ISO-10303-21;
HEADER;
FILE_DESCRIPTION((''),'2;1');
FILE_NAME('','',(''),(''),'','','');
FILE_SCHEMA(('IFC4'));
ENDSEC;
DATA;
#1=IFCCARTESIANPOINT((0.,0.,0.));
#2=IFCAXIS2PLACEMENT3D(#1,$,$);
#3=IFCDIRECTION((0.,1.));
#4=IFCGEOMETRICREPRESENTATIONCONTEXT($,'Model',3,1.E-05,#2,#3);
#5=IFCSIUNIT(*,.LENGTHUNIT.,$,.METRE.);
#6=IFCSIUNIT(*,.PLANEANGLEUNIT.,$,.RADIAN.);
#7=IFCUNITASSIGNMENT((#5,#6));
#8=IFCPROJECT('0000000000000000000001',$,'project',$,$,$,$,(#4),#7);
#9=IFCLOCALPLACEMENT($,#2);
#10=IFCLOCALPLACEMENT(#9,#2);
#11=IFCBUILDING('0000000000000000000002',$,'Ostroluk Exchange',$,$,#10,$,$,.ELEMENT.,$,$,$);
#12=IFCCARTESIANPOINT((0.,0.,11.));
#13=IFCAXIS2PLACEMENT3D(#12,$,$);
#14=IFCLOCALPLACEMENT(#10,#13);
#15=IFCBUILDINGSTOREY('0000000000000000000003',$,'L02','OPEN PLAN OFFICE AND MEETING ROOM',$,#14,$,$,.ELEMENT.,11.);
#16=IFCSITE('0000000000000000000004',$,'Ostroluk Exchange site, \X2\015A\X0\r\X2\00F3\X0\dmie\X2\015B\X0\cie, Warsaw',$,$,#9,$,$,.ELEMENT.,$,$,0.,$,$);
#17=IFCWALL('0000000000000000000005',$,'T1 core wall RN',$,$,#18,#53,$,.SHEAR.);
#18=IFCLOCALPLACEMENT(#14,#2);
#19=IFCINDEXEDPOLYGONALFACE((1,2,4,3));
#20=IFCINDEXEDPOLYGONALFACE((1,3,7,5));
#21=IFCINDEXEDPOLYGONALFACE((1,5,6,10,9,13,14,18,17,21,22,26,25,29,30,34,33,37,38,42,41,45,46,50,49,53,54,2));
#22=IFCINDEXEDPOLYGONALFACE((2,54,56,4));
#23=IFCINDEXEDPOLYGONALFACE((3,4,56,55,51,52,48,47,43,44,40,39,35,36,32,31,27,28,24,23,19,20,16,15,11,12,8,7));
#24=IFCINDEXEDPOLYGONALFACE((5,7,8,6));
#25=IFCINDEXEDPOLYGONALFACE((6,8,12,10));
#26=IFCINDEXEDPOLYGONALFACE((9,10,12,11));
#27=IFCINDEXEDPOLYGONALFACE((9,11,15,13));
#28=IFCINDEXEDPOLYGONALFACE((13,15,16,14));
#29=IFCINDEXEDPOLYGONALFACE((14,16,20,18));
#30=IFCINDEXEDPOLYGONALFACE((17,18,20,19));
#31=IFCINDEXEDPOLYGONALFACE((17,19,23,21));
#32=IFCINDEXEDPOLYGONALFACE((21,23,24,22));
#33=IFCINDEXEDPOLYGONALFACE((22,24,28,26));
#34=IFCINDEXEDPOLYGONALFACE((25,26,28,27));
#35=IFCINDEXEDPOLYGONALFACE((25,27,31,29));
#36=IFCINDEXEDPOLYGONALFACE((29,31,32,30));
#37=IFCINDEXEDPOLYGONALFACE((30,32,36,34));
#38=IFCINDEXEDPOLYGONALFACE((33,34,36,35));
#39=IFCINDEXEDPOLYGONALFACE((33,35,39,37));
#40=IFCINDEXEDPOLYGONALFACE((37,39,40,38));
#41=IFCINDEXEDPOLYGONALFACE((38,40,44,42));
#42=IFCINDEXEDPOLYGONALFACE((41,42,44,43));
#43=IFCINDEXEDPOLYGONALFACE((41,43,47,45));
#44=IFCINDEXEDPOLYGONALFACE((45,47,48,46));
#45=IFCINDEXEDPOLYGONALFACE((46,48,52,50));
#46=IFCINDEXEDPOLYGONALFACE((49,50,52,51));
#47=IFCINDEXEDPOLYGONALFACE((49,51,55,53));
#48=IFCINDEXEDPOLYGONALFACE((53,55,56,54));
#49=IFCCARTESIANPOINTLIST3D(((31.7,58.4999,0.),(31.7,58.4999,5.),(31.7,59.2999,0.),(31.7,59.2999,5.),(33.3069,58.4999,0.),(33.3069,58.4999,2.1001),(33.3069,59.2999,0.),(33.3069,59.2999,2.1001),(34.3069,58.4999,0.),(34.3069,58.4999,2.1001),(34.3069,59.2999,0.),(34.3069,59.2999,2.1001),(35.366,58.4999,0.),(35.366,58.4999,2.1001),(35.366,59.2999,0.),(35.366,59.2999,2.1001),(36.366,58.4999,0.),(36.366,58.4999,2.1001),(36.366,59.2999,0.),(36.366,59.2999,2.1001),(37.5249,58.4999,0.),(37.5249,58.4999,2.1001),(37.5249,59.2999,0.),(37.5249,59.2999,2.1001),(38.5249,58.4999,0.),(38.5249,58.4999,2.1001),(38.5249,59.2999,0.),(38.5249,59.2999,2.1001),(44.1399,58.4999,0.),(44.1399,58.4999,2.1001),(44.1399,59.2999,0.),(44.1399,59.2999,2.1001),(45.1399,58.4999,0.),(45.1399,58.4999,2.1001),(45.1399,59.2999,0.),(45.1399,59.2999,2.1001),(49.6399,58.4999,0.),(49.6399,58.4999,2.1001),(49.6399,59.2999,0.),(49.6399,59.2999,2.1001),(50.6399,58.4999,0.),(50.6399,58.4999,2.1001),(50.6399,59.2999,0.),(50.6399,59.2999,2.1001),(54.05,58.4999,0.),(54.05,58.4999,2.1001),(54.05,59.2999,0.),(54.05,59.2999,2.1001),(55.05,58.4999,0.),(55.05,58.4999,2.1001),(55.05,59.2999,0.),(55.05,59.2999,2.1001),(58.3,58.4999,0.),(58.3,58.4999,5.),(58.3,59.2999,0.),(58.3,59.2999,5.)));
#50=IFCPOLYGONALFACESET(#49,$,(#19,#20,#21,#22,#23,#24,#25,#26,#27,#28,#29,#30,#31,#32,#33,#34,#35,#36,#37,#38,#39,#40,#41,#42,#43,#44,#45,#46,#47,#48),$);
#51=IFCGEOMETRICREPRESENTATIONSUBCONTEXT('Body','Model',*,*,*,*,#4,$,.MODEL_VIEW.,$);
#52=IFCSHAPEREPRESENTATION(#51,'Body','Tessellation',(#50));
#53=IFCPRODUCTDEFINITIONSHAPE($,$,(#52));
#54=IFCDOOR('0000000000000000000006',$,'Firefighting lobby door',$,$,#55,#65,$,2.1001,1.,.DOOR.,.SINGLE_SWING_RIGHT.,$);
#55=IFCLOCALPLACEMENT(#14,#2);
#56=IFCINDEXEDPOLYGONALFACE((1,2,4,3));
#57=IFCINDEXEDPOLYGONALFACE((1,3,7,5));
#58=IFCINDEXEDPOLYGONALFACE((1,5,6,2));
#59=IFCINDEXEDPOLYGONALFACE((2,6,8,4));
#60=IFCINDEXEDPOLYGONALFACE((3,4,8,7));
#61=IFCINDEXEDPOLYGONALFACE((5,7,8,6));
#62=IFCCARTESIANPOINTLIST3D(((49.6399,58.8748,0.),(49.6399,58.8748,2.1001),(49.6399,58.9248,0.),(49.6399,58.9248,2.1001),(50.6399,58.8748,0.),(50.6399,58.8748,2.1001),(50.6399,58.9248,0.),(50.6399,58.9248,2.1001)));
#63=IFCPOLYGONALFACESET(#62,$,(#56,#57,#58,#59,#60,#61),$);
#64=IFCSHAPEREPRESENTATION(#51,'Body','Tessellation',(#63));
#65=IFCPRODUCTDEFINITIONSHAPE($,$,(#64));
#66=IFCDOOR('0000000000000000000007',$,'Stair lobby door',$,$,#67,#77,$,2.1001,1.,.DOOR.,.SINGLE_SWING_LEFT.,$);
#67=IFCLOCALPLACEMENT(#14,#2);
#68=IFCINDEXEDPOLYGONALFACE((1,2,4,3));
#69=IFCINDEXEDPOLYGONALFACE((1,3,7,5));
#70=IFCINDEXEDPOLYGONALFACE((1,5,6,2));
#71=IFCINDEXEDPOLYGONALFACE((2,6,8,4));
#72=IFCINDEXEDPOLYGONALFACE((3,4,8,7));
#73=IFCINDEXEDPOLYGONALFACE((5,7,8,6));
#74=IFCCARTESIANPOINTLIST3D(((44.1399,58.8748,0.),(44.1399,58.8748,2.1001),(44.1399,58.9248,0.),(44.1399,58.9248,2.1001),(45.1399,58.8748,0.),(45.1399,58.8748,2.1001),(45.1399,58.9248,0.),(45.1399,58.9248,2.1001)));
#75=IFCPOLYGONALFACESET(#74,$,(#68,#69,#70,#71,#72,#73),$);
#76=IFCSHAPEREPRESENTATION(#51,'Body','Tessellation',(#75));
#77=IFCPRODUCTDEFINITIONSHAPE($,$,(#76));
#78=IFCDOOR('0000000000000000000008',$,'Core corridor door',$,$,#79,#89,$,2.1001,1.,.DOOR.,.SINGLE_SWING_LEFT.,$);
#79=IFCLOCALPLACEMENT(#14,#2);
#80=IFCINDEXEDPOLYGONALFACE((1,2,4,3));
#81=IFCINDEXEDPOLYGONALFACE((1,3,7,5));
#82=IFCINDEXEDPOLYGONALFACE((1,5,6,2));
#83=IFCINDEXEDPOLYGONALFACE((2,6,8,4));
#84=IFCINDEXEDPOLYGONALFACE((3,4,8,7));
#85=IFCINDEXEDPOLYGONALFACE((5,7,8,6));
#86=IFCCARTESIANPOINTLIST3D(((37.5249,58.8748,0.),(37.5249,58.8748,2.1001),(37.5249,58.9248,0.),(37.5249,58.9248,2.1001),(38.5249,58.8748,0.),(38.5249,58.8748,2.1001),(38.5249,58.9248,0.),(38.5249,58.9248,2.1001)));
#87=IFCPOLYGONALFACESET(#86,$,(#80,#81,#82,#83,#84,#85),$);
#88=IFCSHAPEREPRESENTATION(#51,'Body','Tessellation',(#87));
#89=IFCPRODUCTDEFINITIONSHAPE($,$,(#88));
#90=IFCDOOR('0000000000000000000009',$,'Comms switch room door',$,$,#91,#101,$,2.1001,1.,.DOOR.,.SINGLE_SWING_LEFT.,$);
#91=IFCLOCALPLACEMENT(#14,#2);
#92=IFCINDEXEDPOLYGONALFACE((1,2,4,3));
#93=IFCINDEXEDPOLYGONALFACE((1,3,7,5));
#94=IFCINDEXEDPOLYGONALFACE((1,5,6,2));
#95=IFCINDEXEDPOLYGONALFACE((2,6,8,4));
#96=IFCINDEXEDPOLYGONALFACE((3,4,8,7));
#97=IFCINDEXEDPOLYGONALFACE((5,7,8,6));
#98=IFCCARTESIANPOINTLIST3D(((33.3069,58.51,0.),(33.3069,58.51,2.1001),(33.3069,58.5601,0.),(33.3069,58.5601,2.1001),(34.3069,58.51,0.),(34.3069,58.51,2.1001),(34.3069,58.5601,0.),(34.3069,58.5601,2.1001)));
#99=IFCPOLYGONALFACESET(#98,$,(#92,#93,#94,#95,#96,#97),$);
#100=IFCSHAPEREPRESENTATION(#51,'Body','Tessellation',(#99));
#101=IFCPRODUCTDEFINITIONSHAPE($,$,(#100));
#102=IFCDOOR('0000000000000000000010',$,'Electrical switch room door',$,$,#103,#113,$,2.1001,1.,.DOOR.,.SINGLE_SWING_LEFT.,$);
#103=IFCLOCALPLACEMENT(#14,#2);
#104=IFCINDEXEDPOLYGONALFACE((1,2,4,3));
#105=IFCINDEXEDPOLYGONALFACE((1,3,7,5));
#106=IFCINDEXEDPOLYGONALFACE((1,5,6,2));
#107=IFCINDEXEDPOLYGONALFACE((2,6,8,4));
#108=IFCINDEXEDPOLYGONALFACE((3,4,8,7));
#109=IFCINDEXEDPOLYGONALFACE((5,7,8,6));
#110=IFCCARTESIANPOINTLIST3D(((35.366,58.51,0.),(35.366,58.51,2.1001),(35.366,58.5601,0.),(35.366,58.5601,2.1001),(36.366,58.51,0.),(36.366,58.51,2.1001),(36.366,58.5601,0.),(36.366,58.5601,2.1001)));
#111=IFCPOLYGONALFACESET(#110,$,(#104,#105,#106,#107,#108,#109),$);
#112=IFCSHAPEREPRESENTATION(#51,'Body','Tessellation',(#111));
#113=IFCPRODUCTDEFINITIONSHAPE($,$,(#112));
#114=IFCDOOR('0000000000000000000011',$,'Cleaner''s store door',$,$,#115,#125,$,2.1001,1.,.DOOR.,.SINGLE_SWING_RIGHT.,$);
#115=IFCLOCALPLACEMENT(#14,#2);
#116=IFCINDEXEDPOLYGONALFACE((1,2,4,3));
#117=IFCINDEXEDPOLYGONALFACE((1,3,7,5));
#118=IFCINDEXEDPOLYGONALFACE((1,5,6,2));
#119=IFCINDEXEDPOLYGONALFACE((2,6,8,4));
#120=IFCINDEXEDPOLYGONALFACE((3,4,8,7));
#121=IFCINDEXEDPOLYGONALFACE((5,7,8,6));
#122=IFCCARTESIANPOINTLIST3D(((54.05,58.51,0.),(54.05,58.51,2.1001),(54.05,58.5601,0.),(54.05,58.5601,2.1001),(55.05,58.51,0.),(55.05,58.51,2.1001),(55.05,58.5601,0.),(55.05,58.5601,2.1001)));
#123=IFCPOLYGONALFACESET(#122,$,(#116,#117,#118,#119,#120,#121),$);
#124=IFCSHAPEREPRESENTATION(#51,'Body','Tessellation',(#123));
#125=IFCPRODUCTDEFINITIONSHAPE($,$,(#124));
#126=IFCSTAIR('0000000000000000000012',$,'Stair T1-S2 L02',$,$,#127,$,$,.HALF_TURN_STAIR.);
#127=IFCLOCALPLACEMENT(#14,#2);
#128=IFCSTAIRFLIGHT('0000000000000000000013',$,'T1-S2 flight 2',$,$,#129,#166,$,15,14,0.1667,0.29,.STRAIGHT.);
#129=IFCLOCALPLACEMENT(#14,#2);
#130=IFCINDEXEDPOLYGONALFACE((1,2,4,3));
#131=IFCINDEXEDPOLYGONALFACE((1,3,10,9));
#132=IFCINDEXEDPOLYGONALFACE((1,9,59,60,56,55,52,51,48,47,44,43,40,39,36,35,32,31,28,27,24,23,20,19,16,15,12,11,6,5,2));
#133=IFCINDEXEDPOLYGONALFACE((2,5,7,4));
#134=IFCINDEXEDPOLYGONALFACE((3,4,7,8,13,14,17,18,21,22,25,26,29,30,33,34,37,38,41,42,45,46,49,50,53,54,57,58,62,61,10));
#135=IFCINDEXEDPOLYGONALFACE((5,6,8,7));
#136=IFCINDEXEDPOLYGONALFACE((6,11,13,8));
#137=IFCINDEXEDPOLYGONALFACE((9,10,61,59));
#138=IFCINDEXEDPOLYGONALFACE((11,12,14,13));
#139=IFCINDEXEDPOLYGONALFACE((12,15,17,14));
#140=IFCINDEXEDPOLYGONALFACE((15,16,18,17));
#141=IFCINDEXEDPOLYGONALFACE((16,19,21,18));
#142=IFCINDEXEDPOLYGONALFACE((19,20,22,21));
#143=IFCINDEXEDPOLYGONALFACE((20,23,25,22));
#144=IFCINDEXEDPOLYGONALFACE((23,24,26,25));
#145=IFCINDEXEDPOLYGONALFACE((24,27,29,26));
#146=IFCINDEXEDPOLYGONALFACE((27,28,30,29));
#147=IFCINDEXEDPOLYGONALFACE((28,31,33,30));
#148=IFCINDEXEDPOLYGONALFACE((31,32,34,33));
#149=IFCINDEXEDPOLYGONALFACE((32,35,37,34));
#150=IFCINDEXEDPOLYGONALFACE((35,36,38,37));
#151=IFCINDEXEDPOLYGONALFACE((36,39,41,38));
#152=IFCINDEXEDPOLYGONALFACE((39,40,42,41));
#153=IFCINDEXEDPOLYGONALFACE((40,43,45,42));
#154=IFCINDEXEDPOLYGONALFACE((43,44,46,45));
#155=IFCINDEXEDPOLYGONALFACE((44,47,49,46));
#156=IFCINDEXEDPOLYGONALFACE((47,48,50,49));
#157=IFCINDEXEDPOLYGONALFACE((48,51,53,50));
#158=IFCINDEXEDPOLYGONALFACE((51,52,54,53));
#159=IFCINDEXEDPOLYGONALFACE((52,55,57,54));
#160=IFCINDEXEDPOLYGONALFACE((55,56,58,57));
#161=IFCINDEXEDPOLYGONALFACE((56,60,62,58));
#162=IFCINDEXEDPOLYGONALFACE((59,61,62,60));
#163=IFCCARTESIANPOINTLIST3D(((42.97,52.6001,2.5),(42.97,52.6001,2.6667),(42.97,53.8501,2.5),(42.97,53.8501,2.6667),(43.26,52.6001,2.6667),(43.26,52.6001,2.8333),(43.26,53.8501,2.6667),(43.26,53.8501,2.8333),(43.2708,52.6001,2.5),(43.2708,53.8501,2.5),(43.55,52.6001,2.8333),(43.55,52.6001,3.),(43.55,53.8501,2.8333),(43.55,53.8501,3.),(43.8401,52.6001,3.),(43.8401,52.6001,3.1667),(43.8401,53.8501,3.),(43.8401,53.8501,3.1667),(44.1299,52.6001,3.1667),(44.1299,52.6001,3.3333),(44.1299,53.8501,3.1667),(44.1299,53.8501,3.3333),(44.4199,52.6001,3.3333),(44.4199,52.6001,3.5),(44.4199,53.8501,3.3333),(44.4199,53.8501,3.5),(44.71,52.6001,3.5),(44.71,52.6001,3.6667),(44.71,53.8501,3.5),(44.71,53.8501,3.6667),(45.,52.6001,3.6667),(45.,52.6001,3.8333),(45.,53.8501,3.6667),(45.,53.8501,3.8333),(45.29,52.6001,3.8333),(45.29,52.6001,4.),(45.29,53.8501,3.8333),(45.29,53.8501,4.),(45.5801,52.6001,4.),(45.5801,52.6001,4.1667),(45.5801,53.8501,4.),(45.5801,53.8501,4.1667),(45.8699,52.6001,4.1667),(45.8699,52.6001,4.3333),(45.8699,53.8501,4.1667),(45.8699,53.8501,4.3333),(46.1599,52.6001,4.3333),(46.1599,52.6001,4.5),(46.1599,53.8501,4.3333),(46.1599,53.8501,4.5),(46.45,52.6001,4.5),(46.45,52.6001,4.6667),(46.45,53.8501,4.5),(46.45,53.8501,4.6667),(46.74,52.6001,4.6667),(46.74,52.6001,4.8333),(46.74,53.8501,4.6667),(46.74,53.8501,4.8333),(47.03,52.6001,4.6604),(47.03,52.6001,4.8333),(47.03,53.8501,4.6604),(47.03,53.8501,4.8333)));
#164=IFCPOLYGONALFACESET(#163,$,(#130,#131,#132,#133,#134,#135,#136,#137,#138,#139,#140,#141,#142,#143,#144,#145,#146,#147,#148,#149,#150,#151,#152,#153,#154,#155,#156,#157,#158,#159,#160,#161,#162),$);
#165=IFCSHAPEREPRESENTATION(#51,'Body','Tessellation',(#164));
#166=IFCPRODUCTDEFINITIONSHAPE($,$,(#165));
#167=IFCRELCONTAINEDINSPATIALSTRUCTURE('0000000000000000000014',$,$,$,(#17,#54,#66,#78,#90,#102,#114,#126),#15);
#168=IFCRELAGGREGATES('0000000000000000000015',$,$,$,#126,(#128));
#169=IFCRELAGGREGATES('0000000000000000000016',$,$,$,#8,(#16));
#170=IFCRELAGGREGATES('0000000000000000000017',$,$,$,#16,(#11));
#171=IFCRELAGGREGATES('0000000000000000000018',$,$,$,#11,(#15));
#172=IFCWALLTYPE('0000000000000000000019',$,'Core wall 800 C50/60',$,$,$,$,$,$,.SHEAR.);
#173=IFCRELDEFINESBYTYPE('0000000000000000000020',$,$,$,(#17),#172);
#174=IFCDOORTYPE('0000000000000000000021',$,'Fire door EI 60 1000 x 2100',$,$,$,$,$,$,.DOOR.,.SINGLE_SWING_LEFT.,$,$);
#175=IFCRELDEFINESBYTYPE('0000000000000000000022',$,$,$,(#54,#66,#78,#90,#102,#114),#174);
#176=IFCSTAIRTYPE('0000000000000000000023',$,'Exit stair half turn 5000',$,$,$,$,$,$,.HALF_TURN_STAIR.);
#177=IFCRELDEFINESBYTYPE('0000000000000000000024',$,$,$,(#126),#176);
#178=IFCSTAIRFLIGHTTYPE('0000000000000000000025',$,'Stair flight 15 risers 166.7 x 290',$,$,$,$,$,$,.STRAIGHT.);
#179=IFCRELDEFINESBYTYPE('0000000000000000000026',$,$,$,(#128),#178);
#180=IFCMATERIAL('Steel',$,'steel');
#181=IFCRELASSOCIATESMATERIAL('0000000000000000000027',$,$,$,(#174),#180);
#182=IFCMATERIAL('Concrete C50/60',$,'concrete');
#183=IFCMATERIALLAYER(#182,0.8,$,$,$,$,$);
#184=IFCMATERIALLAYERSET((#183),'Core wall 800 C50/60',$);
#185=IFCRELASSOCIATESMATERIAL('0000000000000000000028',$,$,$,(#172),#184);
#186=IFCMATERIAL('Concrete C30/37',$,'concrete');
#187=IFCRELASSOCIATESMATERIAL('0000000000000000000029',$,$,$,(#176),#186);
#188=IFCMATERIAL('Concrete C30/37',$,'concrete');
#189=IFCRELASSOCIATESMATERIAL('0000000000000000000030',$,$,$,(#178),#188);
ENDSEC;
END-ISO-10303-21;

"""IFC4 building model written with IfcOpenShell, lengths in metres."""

from ifc_helpers import new_model, si_unit, direction, frame, frame_2d, origin, place, context, subcontext, project, spatial, polyline, rectangle, outline, extrude, material, layer, layer_set, type_object, element, fill, aggregate, save


model = new_model("IFC4")

# Units and contexts
model_context = context("Model", 3, precision=1e-05, world=origin(), true_north=direction((0.0, 1.0)))
body_context = subcontext(model_context, "Body", "Model", "MODEL_VIEW")
ifc_project = project(units=[si_unit("LENGTHUNIT", "METRE"), si_unit("PLANEANGLEUNIT", "RADIAN")], contexts=[model_context])

# Site, building, storey
site_placement = place(None, origin())
site = spatial("IfcSite", under=ifc_project, at=site_placement, Name="Ostroluk Exchange site, Śródmieście, Warsaw", CompositionType="ELEMENT", RefElevation=0.0)
building_placement = place(site_placement, origin())
building = spatial("IfcBuilding", under=site, at=building_placement, Name="Ostroluk Exchange", CompositionType="ELEMENT")
storey_placement = place(building_placement, frame((0.0, 0.0, 11.0)))
storey = spatial("IfcBuildingStorey", under=building, at=storey_placement, Name="L02", Description="OPEN PLAN OFFICE AND MEETING ROOM", CompositionType="ELEMENT", Elevation=11.0)

# Wall, openings, doors
ifc_material_1 = material(Name="Steel", Category="steel")
door_type_1 = type_object("IfcDoorType", Name="Fire door EI 60 1000 x 2100", OperationType="SINGLE_SWING_LEFT", PredefinedType="DOOR", material=ifc_material_1)
ifc_material_2 = material(Name="Concrete C50/60", Category="concrete")
ifc_layer_1 = layer(ifc_material_2, 0.8)
ifc_layer_set_1 = layer_set([ifc_layer_1], Name="Core wall 800 C50/60")
wall_type_1 = type_object("IfcWallType", Name="Core wall 800 C50/60", PredefinedType="SHEAR", material=ifc_layer_set_1)
wall_1_placement = place(storey_placement, frame((31.7, 58.8999, 0.0), z_axis=(0.0, 0.0, 1.0), x_axis=(1.0, 0.0, 0.0)))
wall_1 = element("IfcWall", 1, at=wall_1_placement, inside=storey, type_object=wall_type_1, Name="T1 core wall RN", PredefinedType="SHEAR", context=body_context, shape_type="SweptSolid", body=[
    extrude(rectangle(XDim=26.6001, YDim=0.8, at=frame_2d((13.3, 0.0))), origin(), (0.0, 0.0, 1.0), 5.0),
])
opening_1_placement = place(wall_1_placement, frame((17.9399, 0.0, 0.0)))
opening_1 = element("IfcOpeningElement", 2, at=opening_1_placement, cuts=wall_1, PredefinedType="OPENING", context=body_context, shape_type="SweptSolid", body=[
    extrude(rectangle(XDim=1.0, YDim=2.1001, at=frame_2d((0.5, 1.05))), frame((0.0, 0.4099, 0.0), z_axis=(0.0, -1.0, 0.0), x_axis=(1.0, 0.0, 0.0)), (0.0, 0.0, 1.0), 0.8201),
])
opening_2_placement = place(wall_1_placement, frame((12.4399, 0.0, 0.0)))
opening_2 = element("IfcOpeningElement", 3, at=opening_2_placement, cuts=wall_1, PredefinedType="OPENING", context=body_context, shape_type="SweptSolid", body=[
    extrude(rectangle(XDim=1.0, YDim=2.1001, at=frame_2d((0.5, 1.05))), frame((0.0, 0.4099, 0.0), z_axis=(0.0, -1.0, 0.0), x_axis=(1.0, 0.0, 0.0)), (0.0, 0.0, 1.0), 0.8201),
])
opening_3_placement = place(wall_1_placement, frame((5.825, 0.0, 0.0)))
opening_3 = element("IfcOpeningElement", 4, at=opening_3_placement, cuts=wall_1, PredefinedType="OPENING", context=body_context, shape_type="SweptSolid", body=[
    extrude(rectangle(XDim=1.0, YDim=2.1001, at=frame_2d((0.5, 1.05))), frame((0.0, 0.4099, 0.0), z_axis=(0.0, -1.0, 0.0), x_axis=(1.0, 0.0, 0.0)), (0.0, 0.0, 1.0), 0.8201),
])
opening_4_placement = place(wall_1_placement, frame((1.6069, 0.0, 0.0)))
opening_4 = element("IfcOpeningElement", 5, at=opening_4_placement, cuts=wall_1, PredefinedType="OPENING", context=body_context, shape_type="SweptSolid", body=[
    extrude(rectangle(XDim=1.0, YDim=2.1001, at=frame_2d((0.5, 1.05))), frame((0.0, 0.4099, 0.0), z_axis=(0.0, -1.0, 0.0), x_axis=(1.0, 0.0, 0.0)), (0.0, 0.0, 1.0), 0.8201),
])
opening_5_placement = place(wall_1_placement, frame((3.666, 0.0, 0.0)))
opening_5 = element("IfcOpeningElement", 6, at=opening_5_placement, cuts=wall_1, PredefinedType="OPENING", context=body_context, shape_type="SweptSolid", body=[
    extrude(rectangle(XDim=1.0, YDim=2.1001, at=frame_2d((0.5, 1.05))), frame((0.0, 0.4099, 0.0), z_axis=(0.0, -1.0, 0.0), x_axis=(1.0, 0.0, 0.0)), (0.0, 0.0, 1.0), 0.8201),
])
opening_6_placement = place(wall_1_placement, frame((22.3501, 0.0, 0.0)))
opening_6 = element("IfcOpeningElement", 7, at=opening_6_placement, cuts=wall_1, PredefinedType="OPENING", context=body_context, shape_type="SweptSolid", body=[
    extrude(rectangle(XDim=1.0, YDim=2.1001, at=frame_2d((0.5, 1.05))), frame((0.0, 0.4099, 0.0), z_axis=(0.0, -1.0, 0.0), x_axis=(1.0, 0.0, 0.0)), (0.0, 0.0, 1.0), 0.8201),
])
door_1_placement = place(opening_1_placement, origin())
door_1 = element("IfcDoor", 8, at=door_1_placement, inside=storey, type_object=door_type_1, Name="Firefighting lobby door", OperationType="SINGLE_SWING_RIGHT", OverallHeight=2.1001, OverallWidth=1.0, PredefinedType="DOOR", context=body_context, shape_type="SweptSolid", body=[
    extrude(rectangle(XDim=1.0, YDim=2.1001, at=frame_2d((0.5, 1.05))), frame((0.0, 0.0249, 0.0), z_axis=(0.0, -1.0, 0.0), x_axis=(1.0, 0.0, 0.0)), (0.0, 0.0, 1.0), 0.05),
])
fill(opening_1, door_1)
door_2_placement = place(opening_2_placement, origin())
door_2 = element("IfcDoor", 9, at=door_2_placement, inside=storey, type_object=door_type_1, Name="Stair lobby door", OperationType="SINGLE_SWING_LEFT", OverallHeight=2.1001, OverallWidth=1.0, PredefinedType="DOOR", context=body_context, shape_type="SweptSolid", body=[
    extrude(rectangle(XDim=1.0, YDim=2.1001, at=frame_2d((0.5, 1.05))), frame((0.0, 0.0249, 0.0), z_axis=(0.0, -1.0, 0.0), x_axis=(1.0, 0.0, 0.0)), (0.0, 0.0, 1.0), 0.05),
])
fill(opening_2, door_2)
door_3_placement = place(opening_3_placement, origin())
door_3 = element("IfcDoor", 10, at=door_3_placement, inside=storey, type_object=door_type_1, Name="Core corridor door", OperationType="SINGLE_SWING_LEFT", OverallHeight=2.1001, OverallWidth=1.0, PredefinedType="DOOR", context=body_context, shape_type="SweptSolid", body=[
    extrude(rectangle(XDim=1.0, YDim=2.1001, at=frame_2d((0.5, 1.05))), frame((0.0, 0.0249, 0.0), z_axis=(0.0, -1.0, 0.0), x_axis=(1.0, 0.0, 0.0)), (0.0, 0.0, 1.0), 0.05),
])
fill(opening_3, door_3)
door_4_placement = place(opening_4_placement, origin())
door_4 = element("IfcDoor", 11, at=door_4_placement, inside=storey, type_object=door_type_1, Name="Comms switch room door", OperationType="SINGLE_SWING_LEFT", OverallHeight=2.1001, OverallWidth=1.0, PredefinedType="DOOR", context=body_context, shape_type="SweptSolid", body=[
    extrude(rectangle(XDim=1.0, YDim=2.1001, at=frame_2d((0.5, 1.05))), frame((0.0, -0.3398, 0.0), z_axis=(0.0, -1.0, 0.0), x_axis=(1.0, 0.0, 0.0)), (0.0, 0.0, 1.0), 0.05),
])
fill(opening_4, door_4)
door_5_placement = place(opening_5_placement, origin())
door_5 = element("IfcDoor", 12, at=door_5_placement, inside=storey, type_object=door_type_1, Name="Electrical switch room door", OperationType="SINGLE_SWING_LEFT", OverallHeight=2.1001, OverallWidth=1.0, PredefinedType="DOOR", context=body_context, shape_type="SweptSolid", body=[
    extrude(rectangle(XDim=1.0, YDim=2.1001, at=frame_2d((0.5, 1.05))), frame((0.0, -0.3398, 0.0), z_axis=(0.0, -1.0, 0.0), x_axis=(1.0, 0.0, 0.0)), (0.0, 0.0, 1.0), 0.05),
])
fill(opening_5, door_5)
door_6_placement = place(opening_6_placement, origin())
door_6 = element("IfcDoor", 13, at=door_6_placement, inside=storey, type_object=door_type_1, Name="Cleaner's store door", OperationType="SINGLE_SWING_RIGHT", OverallHeight=2.1001, OverallWidth=1.0, PredefinedType="DOOR", context=body_context, shape_type="SweptSolid", body=[
    extrude(rectangle(XDim=1.0, YDim=2.1001, at=frame_2d((0.5, 1.05))), frame((0.0, -0.3398, 0.0), z_axis=(0.0, -1.0, 0.0), x_axis=(1.0, 0.0, 0.0)), (0.0, 0.0, 1.0), 0.05),
])
fill(opening_6, door_6)

# Stair, stair flight
ifc_material_3 = material(Name="Concrete C30/37", Category="concrete")
stair_type = type_object("IfcStairType", Name="Exit stair half turn 5000", PredefinedType="HALF_TURN_STAIR", material=ifc_material_3)
stair_placement = place(storey_placement, origin())
stair = element("IfcStair", 14, at=stair_placement, inside=storey, type_object=stair_type, Name="Stair T1-S2 L02", PredefinedType="HALF_TURN_STAIR")
ifc_material_4 = material(Name="Concrete C30/37", Category="concrete")
stair_flight_type = type_object("IfcStairFlightType", Name="Stair flight 15 risers 166.7 x 290", PredefinedType="STRAIGHT", material=ifc_material_4)
stair_flight_placement = place(storey_placement, frame((42.97, 53.2251, 2.5), z_axis=(0.0, 0.0, 1.0), x_axis=(1.0, 0.0, 0.0)))
stair_flight = element("IfcStairFlight", 15, at=stair_flight_placement, type_object=stair_flight_type, Name="T1-S2 flight 2", NumberOfRisers=15, NumberOfTreads=14, PredefinedType="STRAIGHT", RiserHeight=0.1667, TreadLength=0.29, context=body_context, shape_type="SweptSolid", body=[
    extrude(outline(polyline([(0.0, 0.0), (0.0, 0.1667), (0.29, 0.1667), (0.29, 0.3333), (0.5801, 0.3333), (0.5801, 0.5), (0.8701, 0.5), (0.8701, 0.6667), (1.1599, 0.6667), (1.1599, 0.8333), (1.45, 0.8333), (1.45, 1.0), (1.74, 1.0), (1.74, 1.1667), (2.03, 1.1667), (2.03, 1.3333), (2.3201, 1.3333), (2.3201, 1.5), (2.6101, 1.5), (2.6101, 1.6667), (2.8999, 1.6667), (2.8999, 1.8333), (3.1899, 1.8333), (3.1899, 2.0), (3.48, 2.0), (3.48, 2.1667), (3.77, 2.1667), (3.77, 2.3333), (4.0601, 2.3333), (4.0601, 2.5), (4.0601, 2.1604), (0.3008, 0.0), (0.0, 0.0)])), frame((0.0, 0.625, 0.0), z_axis=(0.0, -1.0, 0.0), x_axis=(1.0, 0.0, 0.0)), (0.0, 0.0, 1.0), 1.25),
])
aggregate(stair, [stair_flight])

save(model, "model.ifc")
